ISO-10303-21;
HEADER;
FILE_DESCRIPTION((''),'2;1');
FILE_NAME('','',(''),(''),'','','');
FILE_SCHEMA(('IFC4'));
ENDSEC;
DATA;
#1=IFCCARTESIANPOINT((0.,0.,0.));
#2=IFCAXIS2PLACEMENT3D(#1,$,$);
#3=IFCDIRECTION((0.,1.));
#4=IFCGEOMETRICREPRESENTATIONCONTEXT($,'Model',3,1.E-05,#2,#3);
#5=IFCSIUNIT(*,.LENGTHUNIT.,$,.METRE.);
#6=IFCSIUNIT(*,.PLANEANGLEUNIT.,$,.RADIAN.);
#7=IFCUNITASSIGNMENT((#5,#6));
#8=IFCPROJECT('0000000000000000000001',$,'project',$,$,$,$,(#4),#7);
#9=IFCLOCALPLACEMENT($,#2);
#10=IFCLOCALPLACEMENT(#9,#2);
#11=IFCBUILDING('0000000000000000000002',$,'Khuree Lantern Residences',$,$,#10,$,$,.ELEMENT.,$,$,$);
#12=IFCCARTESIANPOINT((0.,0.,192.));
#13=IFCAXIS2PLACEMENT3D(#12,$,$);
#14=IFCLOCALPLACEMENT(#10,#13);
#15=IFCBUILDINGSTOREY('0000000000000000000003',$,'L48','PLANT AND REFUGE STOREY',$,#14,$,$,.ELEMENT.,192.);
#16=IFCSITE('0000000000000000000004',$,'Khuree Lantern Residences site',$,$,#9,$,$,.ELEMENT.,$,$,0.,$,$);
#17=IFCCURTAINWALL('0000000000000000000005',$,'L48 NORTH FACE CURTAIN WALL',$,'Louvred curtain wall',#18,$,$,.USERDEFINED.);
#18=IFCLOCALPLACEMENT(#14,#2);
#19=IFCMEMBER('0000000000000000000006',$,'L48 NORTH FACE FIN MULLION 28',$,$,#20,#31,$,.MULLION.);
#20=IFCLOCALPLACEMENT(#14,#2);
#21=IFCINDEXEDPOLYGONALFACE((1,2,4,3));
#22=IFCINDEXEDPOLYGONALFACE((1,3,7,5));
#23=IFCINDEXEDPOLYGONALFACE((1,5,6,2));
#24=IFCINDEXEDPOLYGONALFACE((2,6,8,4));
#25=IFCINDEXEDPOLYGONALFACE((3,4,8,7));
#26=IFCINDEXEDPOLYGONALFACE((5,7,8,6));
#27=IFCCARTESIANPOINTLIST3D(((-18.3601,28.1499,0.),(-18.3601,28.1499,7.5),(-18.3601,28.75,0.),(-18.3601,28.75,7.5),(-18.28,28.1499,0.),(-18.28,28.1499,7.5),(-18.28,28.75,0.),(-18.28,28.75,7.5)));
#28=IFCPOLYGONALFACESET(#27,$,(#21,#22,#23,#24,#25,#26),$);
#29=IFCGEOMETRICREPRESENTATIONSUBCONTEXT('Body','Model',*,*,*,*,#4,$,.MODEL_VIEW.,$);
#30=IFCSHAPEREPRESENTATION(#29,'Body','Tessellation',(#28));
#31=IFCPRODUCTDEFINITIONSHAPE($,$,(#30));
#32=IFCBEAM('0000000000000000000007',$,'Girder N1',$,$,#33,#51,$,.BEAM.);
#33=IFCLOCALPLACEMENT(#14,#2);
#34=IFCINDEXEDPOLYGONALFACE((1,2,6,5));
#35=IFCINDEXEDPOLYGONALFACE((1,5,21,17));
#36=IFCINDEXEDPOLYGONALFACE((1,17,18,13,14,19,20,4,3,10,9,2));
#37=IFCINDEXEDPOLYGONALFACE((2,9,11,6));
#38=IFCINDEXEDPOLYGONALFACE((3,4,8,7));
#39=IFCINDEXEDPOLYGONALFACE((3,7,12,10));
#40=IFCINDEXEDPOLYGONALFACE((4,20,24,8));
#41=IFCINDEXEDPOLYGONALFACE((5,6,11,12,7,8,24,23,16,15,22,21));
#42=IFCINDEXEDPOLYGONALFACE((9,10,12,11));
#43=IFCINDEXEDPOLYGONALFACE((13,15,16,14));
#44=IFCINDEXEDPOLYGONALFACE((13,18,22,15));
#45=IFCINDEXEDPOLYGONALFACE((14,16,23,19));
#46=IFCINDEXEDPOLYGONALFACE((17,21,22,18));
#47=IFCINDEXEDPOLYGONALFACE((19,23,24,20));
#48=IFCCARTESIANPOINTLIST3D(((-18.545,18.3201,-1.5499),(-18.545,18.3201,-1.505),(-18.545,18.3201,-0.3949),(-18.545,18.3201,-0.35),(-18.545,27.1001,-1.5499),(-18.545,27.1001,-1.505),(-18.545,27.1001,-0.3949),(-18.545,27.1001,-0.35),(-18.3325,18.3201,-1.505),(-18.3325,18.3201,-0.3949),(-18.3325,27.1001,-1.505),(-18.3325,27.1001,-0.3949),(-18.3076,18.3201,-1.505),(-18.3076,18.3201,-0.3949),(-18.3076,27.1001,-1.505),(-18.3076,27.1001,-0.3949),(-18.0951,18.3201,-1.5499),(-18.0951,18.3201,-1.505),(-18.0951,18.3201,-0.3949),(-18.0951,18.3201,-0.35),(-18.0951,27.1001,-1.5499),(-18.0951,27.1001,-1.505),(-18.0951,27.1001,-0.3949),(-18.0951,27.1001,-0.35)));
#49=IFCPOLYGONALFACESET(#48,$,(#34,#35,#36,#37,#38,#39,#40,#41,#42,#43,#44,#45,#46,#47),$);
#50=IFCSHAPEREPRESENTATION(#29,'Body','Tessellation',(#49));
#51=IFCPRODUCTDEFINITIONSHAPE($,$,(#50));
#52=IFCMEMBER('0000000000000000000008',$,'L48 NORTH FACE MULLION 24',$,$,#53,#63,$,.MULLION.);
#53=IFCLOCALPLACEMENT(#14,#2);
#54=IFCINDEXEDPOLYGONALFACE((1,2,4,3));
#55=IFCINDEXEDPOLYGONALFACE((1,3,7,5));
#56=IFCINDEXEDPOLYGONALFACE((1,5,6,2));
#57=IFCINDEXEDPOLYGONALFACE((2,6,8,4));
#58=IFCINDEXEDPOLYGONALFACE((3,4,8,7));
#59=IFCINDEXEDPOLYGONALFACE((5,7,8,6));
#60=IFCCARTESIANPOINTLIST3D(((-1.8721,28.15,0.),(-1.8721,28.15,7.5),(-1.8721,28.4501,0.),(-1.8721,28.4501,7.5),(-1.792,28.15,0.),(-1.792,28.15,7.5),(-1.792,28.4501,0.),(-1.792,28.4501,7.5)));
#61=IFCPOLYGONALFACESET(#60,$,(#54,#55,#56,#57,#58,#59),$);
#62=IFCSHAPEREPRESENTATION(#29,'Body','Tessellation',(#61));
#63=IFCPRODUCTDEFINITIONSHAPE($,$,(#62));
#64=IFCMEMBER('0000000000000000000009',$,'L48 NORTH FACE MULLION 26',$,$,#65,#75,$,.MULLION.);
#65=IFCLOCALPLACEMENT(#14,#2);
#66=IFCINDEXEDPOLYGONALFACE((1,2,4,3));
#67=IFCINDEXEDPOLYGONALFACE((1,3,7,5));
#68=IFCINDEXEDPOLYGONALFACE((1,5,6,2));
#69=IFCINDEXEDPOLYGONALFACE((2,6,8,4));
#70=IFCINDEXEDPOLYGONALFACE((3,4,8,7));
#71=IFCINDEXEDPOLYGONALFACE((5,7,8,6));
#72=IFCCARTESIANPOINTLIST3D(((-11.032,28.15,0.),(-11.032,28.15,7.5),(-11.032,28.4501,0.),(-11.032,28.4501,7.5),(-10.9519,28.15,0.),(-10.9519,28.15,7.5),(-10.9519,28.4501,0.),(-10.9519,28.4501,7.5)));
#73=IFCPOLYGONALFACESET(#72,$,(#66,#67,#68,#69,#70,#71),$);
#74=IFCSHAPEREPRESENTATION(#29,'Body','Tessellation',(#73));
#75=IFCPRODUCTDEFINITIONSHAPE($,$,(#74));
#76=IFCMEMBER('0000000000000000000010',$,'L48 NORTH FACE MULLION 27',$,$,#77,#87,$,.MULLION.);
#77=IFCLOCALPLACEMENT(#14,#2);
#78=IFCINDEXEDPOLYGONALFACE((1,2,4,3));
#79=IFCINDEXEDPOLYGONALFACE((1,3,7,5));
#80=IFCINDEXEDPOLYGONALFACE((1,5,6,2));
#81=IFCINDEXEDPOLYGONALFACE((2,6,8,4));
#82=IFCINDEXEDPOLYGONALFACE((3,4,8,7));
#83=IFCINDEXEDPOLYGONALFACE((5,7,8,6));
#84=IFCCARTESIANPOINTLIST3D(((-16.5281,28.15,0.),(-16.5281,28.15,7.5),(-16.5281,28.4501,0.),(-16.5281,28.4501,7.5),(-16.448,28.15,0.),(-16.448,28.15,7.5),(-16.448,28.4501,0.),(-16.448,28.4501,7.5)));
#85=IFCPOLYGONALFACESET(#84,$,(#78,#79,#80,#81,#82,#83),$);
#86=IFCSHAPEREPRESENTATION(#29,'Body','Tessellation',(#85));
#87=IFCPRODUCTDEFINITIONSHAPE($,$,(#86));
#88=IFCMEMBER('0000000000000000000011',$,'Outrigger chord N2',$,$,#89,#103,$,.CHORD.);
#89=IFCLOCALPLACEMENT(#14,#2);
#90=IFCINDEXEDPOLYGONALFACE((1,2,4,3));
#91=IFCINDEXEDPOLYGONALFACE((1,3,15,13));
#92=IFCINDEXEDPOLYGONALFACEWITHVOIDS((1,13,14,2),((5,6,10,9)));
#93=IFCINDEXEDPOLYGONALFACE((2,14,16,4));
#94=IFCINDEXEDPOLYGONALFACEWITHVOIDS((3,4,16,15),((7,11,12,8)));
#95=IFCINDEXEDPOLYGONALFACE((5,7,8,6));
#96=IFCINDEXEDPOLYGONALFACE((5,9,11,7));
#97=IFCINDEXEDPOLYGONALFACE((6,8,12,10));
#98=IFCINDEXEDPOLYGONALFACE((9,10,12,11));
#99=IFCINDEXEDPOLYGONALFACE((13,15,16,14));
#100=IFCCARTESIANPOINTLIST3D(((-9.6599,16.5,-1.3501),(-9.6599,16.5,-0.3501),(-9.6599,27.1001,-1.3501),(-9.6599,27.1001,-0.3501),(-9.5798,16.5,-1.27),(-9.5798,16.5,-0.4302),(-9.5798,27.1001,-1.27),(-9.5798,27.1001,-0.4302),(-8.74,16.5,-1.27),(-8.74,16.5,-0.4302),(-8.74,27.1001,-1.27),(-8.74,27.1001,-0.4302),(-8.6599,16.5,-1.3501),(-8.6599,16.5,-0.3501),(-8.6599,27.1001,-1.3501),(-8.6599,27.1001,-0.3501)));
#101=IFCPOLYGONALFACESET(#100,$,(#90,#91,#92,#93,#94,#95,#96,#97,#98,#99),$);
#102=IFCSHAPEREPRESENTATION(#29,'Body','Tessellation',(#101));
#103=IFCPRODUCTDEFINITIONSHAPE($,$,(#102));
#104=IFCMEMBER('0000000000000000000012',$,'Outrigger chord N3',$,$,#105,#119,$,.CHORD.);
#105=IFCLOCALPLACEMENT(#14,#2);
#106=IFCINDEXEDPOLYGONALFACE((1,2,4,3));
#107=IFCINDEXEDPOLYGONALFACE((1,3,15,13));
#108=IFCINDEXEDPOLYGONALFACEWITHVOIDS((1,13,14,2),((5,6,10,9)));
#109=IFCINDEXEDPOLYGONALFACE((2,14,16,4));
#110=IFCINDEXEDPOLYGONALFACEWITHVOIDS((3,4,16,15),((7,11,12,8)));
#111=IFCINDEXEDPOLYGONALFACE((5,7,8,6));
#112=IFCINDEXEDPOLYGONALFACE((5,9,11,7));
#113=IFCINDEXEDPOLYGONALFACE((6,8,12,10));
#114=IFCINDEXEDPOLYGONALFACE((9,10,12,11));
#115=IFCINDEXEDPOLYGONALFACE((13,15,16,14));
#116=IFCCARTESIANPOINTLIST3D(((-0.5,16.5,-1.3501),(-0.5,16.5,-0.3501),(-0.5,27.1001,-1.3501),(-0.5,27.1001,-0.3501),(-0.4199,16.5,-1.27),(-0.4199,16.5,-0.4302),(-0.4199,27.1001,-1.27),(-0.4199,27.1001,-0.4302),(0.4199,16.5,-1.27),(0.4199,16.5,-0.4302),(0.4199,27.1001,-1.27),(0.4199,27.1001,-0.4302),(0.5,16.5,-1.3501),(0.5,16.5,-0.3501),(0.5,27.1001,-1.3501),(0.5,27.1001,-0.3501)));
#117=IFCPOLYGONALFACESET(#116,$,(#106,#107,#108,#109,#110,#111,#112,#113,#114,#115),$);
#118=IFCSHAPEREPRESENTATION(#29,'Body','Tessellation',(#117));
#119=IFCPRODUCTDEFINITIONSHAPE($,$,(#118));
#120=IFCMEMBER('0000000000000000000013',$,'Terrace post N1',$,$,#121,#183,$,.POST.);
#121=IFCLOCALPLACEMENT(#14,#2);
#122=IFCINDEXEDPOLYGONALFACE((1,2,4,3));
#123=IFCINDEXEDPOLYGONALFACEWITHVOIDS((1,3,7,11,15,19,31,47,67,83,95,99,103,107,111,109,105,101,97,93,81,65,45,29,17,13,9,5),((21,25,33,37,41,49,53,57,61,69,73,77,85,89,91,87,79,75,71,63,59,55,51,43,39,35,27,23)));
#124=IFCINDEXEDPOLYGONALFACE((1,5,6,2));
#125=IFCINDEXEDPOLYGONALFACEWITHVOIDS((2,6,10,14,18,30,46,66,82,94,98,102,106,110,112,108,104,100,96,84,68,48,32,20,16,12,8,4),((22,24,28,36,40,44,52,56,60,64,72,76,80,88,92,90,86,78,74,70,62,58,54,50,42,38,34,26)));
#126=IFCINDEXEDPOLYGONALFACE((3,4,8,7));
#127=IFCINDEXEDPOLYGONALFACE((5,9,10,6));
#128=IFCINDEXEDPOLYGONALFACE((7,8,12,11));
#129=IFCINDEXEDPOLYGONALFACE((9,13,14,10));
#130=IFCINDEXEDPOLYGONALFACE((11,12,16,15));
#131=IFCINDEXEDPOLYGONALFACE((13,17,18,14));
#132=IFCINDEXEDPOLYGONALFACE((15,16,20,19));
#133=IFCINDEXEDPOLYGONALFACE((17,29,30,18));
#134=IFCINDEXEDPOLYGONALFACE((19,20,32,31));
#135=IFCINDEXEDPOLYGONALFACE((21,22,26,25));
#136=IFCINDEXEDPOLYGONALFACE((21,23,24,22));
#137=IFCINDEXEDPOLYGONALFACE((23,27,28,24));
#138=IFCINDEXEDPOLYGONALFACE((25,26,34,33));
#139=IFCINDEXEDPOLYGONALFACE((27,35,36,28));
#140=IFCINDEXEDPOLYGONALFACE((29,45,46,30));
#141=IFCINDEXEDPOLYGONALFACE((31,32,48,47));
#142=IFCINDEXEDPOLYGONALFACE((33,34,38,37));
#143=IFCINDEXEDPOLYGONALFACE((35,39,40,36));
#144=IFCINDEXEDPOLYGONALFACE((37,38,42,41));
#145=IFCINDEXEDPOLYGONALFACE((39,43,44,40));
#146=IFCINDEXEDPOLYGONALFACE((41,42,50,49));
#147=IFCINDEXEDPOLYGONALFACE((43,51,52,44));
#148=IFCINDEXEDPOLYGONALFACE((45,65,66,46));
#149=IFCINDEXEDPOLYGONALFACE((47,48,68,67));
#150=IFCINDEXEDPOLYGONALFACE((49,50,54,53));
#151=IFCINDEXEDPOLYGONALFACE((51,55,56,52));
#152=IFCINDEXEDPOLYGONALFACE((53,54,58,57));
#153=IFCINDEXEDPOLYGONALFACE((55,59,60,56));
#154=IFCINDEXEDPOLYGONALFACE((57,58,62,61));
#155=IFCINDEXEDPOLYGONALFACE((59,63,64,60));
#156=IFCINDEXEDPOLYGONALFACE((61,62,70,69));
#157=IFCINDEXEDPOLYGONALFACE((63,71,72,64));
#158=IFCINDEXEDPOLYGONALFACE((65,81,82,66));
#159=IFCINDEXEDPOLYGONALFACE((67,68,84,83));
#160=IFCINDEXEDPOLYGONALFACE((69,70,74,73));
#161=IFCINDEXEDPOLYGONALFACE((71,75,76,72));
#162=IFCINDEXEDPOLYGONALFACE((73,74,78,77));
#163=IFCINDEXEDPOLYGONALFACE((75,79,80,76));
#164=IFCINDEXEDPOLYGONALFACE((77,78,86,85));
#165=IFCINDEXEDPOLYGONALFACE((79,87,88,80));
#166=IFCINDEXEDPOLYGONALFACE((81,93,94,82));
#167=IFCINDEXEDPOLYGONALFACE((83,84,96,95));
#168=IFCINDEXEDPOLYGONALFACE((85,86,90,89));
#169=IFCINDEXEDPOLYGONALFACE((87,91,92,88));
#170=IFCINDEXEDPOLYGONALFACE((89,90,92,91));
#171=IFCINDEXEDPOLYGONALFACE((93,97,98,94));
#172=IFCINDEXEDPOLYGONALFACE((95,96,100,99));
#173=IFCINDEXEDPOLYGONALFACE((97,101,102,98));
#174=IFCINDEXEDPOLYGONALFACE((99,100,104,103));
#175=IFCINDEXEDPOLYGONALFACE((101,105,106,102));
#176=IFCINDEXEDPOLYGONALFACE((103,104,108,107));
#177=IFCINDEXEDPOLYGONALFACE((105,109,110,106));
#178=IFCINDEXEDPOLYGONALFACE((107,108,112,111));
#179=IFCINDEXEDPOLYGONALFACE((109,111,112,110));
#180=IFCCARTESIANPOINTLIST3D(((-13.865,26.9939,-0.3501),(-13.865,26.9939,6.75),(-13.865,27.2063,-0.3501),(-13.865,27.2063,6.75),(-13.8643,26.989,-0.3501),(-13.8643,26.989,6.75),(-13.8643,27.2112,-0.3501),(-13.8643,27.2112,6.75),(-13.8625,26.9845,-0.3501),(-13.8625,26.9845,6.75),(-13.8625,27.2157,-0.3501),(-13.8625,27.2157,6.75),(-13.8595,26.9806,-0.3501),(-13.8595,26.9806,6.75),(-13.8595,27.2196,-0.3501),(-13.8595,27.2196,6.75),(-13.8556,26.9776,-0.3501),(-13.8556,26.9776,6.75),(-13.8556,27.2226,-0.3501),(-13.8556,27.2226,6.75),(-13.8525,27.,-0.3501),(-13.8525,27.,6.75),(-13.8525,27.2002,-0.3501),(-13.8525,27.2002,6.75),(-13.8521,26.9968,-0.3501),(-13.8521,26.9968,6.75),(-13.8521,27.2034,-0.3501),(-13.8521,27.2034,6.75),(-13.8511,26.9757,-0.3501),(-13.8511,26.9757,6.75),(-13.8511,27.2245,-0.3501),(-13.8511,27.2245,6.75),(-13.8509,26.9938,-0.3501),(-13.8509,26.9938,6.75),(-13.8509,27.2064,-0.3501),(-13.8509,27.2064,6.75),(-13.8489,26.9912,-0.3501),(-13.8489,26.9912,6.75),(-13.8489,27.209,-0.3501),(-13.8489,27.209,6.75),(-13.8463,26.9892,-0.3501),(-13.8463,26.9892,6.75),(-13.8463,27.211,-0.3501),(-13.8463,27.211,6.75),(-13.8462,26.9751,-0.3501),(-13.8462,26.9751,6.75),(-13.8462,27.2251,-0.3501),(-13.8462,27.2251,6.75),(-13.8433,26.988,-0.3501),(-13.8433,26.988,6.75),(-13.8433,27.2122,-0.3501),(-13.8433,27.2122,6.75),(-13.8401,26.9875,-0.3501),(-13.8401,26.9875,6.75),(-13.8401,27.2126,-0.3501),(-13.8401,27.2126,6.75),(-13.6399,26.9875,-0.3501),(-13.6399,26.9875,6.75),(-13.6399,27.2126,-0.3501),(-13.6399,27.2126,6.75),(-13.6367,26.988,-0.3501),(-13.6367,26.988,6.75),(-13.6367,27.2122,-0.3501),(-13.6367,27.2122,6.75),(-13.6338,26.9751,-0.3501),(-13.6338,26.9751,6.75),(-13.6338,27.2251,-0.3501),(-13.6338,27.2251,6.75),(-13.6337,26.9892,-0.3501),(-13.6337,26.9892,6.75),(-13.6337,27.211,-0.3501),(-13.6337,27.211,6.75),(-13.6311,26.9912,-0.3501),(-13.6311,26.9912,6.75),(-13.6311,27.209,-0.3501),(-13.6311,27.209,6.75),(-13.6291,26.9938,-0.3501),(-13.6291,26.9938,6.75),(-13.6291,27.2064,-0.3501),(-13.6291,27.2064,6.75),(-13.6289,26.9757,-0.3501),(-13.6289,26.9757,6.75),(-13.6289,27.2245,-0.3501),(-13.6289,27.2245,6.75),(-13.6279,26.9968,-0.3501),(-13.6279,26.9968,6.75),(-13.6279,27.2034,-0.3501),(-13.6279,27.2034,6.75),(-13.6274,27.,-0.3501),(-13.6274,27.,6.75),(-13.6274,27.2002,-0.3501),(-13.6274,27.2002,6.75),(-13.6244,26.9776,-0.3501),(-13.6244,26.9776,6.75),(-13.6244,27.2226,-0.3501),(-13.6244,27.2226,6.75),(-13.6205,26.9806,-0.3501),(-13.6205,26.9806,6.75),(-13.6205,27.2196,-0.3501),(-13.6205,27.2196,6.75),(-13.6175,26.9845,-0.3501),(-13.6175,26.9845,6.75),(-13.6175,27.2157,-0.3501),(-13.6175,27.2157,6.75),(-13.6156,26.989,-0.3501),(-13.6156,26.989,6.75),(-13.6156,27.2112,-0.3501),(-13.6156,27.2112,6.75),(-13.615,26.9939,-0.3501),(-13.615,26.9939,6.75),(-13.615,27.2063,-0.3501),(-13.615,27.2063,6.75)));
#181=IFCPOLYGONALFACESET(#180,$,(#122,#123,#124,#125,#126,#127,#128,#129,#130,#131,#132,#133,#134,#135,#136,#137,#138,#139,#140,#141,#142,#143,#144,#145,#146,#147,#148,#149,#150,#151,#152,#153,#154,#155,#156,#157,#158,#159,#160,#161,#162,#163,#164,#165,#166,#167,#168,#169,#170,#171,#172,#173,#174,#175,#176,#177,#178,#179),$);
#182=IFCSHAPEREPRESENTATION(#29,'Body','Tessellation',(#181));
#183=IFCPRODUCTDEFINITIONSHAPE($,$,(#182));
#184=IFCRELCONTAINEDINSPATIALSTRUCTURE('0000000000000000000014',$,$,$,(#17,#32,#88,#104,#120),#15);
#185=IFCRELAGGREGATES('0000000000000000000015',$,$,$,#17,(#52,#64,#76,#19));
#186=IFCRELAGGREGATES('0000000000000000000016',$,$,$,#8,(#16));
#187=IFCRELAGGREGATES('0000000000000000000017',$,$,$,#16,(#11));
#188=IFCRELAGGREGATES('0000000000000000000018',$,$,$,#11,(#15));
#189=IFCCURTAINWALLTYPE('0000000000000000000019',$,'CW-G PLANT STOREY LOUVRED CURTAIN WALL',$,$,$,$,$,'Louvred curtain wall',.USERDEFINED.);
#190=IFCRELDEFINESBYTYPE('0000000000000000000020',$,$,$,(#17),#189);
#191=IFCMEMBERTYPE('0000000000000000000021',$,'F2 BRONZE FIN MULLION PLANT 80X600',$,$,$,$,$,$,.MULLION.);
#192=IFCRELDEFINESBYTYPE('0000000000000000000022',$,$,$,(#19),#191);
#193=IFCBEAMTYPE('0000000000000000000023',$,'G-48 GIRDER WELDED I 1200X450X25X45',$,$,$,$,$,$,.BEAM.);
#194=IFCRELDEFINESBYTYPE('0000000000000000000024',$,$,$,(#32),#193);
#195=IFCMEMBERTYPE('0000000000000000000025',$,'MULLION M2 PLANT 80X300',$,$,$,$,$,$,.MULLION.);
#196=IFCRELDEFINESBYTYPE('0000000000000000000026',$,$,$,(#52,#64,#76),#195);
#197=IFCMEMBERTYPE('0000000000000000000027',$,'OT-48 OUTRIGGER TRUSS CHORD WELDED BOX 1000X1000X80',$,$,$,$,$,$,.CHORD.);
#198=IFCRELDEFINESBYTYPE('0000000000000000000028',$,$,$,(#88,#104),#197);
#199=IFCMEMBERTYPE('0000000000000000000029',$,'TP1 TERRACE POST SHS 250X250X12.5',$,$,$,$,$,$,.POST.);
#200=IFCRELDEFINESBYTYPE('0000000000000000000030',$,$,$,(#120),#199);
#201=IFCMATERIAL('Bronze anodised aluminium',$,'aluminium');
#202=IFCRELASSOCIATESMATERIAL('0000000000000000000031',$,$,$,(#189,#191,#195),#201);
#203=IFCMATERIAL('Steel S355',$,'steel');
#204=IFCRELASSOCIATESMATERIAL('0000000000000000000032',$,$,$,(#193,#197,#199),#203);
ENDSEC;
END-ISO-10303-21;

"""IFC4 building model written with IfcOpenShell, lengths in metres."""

from ifc_helpers import new_model, si_unit, direction, frame, origin, origin_2d, place, context, subcontext, project, spatial, rectangle, hollow_rectangle, i_section, extrude, material, material_profile, profile_set, type_object, element, aggregate, save


model = new_model("IFC4")

# Units and contexts
model_context = context("Model", 3, precision=1e-05, world=origin(), true_north=direction((0.0, 1.0)))
body_context = subcontext(model_context, "Body", "Model", "MODEL_VIEW")
ifc_project = project(units=[si_unit("LENGTHUNIT", "METRE"), si_unit("PLANEANGLEUNIT", "RADIAN")], contexts=[model_context])

# Site, building, storey
site_placement = place(None, origin())
site = spatial("IfcSite", under=ifc_project, at=site_placement, Name="Khuree Lantern Residences site", CompositionType="ELEMENT", RefElevation=0.0)
building_placement = place(site_placement, origin())
building = spatial("IfcBuilding", under=site, at=building_placement, Name="Khuree Lantern Residences", CompositionType="ELEMENT")
storey_placement = place(building_placement, frame((0.0, 0.0, 192.0)))
storey = spatial("IfcBuildingStorey", under=building, at=storey_placement, Name="L48", Description="PLANT AND REFUGE STOREY", CompositionType="ELEMENT", Elevation=192.0)

# Shared definitions
ifc_material_1 = material(Name="Steel S355", Category="steel")

# Curtain wall, member
ifc_material_2 = material(Name="Bronze anodised aluminium", Category="aluminium")
curtain_wall_type = type_object("IfcCurtainWallType", Name="CW-G PLANT STOREY LOUVRED CURTAIN WALL", ElementType="Louvred curtain wall", PredefinedType="USERDEFINED", material=ifc_material_2)
curtain_wall_placement = place(storey_placement, origin())
curtain_wall = element("IfcCurtainWall", 1, at=curtain_wall_placement, inside=storey, type_object=curtain_wall_type, Name="L48 NORTH FACE CURTAIN WALL", ObjectType="Louvred curtain wall", PredefinedType="USERDEFINED")
ifc_material_profile_1 = material_profile(ifc_material_2, rectangle(XDim=0.0801, YDim=0.6001, at=origin_2d()), Name="F2 80X600")
ifc_profile_set_1 = profile_set([ifc_material_profile_1], Name="Bronze anodised aluminium")
member_type_1 = type_object("IfcMemberType", Name="F2 BRONZE FIN MULLION PLANT 80X600", PredefinedType="MULLION", material=ifc_profile_set_1)
member_1_placement = place(storey_placement, frame((-18.3201, 28.45, 0.0), z_axis=(0.0, 0.0, 1.0), x_axis=(-1.0, 0.0, 0.0)))
member_1 = element("IfcMember", 2, at=member_1_placement, type_object=member_type_1, Name="L48 NORTH FACE FIN MULLION 28", PredefinedType="MULLION", context=body_context, shape_type="SweptSolid", body=[
    extrude(rectangle(XDim=0.0801, YDim=0.6001, at=origin_2d()), origin(), (0.0, 0.0, 1.0), 7.5),
])

# Beam
ifc_material_profile_2 = material_profile(ifc_material_1, i_section(OverallWidth=0.45, OverallDepth=1.2, WebThickness=0.0249, FlangeThickness=0.0449, at=origin_2d()), Name="WELDED I 1200X450X25X45")
ifc_profile_set_2 = profile_set([ifc_material_profile_2], Name="Steel S355")
beam_type_1 = type_object("IfcBeamType", Name="G-48 GIRDER WELDED I 1200X450X25X45", PredefinedType="BEAM", material=ifc_profile_set_2)
beam_placement = place(storey_placement, frame((-18.3201, 27.1001, -0.95), z_axis=(0.0, -1.0, 0.0), x_axis=(1.0, 0.0, 0.0)))
element("IfcBeam", 3, at=beam_placement, inside=storey, type_object=beam_type_1, Name="Girder N1", PredefinedType="BEAM", context=body_context, shape_type="SweptSolid", body=[
    extrude(i_section(OverallWidth=0.45, OverallDepth=1.2, WebThickness=0.0249, FlangeThickness=0.0449, at=origin_2d()), origin(), (0.0, 0.0, 1.0), 8.78),
])

# Members
ifc_material_profile_3 = material_profile(ifc_material_2, rectangle(XDim=0.0801, YDim=0.3, at=origin_2d()), Name="M2 80X300")
ifc_profile_set_3 = profile_set([ifc_material_profile_3], Name="Bronze anodised aluminium")
member_type_2 = type_object("IfcMemberType", Name="MULLION M2 PLANT 80X300", PredefinedType="MULLION", material=ifc_profile_set_3)
member_2_placement = place(storey_placement, frame((-1.832, 28.3, 0.0), z_axis=(0.0, 0.0, 1.0), x_axis=(-1.0, 0.0, 0.0)))
member_2 = element("IfcMember", 4, at=member_2_placement, type_object=member_type_2, Name="L48 NORTH FACE MULLION 24", PredefinedType="MULLION", context=body_context, shape_type="SweptSolid", body=[
    extrude(rectangle(XDim=0.0801, YDim=0.3, at=origin_2d()), origin(), (0.0, 0.0, 1.0), 7.5),
])
member_3_placement = place(storey_placement, frame((-10.9919, 28.3, 0.0), z_axis=(0.0, 0.0, 1.0), x_axis=(-1.0, 0.0, 0.0)))
member_3 = element("IfcMember", 5, at=member_3_placement, type_object=member_type_2, Name="L48 NORTH FACE MULLION 26", PredefinedType="MULLION", context=body_context, shape_type="SweptSolid", body=[
    extrude(rectangle(XDim=0.0801, YDim=0.3, at=origin_2d()), origin(), (0.0, 0.0, 1.0), 7.5),
])
member_4_placement = place(storey_placement, frame((-16.488, 28.3, 0.0), z_axis=(0.0, 0.0, 1.0), x_axis=(-1.0, 0.0, 0.0)))
member_4 = element("IfcMember", 6, at=member_4_placement, type_object=member_type_2, Name="L48 NORTH FACE MULLION 27", PredefinedType="MULLION", context=body_context, shape_type="SweptSolid", body=[
    extrude(rectangle(XDim=0.0801, YDim=0.3, at=origin_2d()), origin(), (0.0, 0.0, 1.0), 7.5),
])

# Members
ifc_material_profile_4 = material_profile(ifc_material_1, hollow_rectangle(XDim=1.0, YDim=1.0, WallThickness=0.0801, at=origin_2d()), Name="WELDED BOX 1000X1000X80")
ifc_profile_set_4 = profile_set([ifc_material_profile_4], Name="Steel S355")
member_type_3 = type_object("IfcMemberType", Name="OT-48 OUTRIGGER TRUSS CHORD WELDED BOX 1000X1000X80", PredefinedType="CHORD", material=ifc_profile_set_4)
for number, where, z_axis, x_axis, name in (
    (7, (-9.1599, 27.1001, -0.8501), (0.0, -1.0, 0.0), (1.0, 0.0, 0.0), "Outrigger chord N2"),
    (8, (0.0, 27.1001, -0.8501), (0.0, -1.0, 0.0), (1.0, 0.0, 0.0), "Outrigger chord N3"),
):
    element("IfcMember", number, at=place(storey_placement, frame(where, z_axis=z_axis, x_axis=x_axis)), inside=storey, type_object=member_type_3, Name=name, PredefinedType="CHORD", context=body_context, shape_type="SweptSolid", body=[
        extrude(hollow_rectangle(XDim=1.0, YDim=1.0, WallThickness=0.0801, at=origin_2d()), origin(), (0.0, 0.0, 1.0), 10.6001),
    ])
ifc_material_profile_5 = material_profile(ifc_material_1, hollow_rectangle(XDim=0.25, YDim=0.25, WallThickness=0.0125, InnerFilletRadius=0.0125, OuterFilletRadius=0.0188, at=origin_2d()), Name="SHS 250X250X12.5")
ifc_profile_set_5 = profile_set([ifc_material_profile_5], Name="Steel S355")
member_type_4 = type_object("IfcMemberType", Name="TP1 TERRACE POST SHS 250X250X12.5", PredefinedType="POST", material=ifc_profile_set_5)
for number, where, z_axis, x_axis, name in (
    (9, (-13.74, 27.1001, -0.3501), (0.0, 0.0, 1.0), (1.0, 0.0, 0.0), "Terrace post N1"),
):
    element("IfcMember", number, at=place(storey_placement, frame(where, z_axis=z_axis, x_axis=x_axis)), inside=storey, type_object=member_type_4, Name=name, PredefinedType="POST", context=body_context, shape_type="SweptSolid", body=[
        extrude(hollow_rectangle(XDim=0.25, YDim=0.25, WallThickness=0.0125, InnerFilletRadius=0.0125, OuterFilletRadius=0.0188, at=origin_2d()), origin(), (0.0, 0.0, 1.0), 7.1001),
    ])

aggregate(curtain_wall, [member_2, member_3, member_4, member_1])

save(model, "model.ifc")
